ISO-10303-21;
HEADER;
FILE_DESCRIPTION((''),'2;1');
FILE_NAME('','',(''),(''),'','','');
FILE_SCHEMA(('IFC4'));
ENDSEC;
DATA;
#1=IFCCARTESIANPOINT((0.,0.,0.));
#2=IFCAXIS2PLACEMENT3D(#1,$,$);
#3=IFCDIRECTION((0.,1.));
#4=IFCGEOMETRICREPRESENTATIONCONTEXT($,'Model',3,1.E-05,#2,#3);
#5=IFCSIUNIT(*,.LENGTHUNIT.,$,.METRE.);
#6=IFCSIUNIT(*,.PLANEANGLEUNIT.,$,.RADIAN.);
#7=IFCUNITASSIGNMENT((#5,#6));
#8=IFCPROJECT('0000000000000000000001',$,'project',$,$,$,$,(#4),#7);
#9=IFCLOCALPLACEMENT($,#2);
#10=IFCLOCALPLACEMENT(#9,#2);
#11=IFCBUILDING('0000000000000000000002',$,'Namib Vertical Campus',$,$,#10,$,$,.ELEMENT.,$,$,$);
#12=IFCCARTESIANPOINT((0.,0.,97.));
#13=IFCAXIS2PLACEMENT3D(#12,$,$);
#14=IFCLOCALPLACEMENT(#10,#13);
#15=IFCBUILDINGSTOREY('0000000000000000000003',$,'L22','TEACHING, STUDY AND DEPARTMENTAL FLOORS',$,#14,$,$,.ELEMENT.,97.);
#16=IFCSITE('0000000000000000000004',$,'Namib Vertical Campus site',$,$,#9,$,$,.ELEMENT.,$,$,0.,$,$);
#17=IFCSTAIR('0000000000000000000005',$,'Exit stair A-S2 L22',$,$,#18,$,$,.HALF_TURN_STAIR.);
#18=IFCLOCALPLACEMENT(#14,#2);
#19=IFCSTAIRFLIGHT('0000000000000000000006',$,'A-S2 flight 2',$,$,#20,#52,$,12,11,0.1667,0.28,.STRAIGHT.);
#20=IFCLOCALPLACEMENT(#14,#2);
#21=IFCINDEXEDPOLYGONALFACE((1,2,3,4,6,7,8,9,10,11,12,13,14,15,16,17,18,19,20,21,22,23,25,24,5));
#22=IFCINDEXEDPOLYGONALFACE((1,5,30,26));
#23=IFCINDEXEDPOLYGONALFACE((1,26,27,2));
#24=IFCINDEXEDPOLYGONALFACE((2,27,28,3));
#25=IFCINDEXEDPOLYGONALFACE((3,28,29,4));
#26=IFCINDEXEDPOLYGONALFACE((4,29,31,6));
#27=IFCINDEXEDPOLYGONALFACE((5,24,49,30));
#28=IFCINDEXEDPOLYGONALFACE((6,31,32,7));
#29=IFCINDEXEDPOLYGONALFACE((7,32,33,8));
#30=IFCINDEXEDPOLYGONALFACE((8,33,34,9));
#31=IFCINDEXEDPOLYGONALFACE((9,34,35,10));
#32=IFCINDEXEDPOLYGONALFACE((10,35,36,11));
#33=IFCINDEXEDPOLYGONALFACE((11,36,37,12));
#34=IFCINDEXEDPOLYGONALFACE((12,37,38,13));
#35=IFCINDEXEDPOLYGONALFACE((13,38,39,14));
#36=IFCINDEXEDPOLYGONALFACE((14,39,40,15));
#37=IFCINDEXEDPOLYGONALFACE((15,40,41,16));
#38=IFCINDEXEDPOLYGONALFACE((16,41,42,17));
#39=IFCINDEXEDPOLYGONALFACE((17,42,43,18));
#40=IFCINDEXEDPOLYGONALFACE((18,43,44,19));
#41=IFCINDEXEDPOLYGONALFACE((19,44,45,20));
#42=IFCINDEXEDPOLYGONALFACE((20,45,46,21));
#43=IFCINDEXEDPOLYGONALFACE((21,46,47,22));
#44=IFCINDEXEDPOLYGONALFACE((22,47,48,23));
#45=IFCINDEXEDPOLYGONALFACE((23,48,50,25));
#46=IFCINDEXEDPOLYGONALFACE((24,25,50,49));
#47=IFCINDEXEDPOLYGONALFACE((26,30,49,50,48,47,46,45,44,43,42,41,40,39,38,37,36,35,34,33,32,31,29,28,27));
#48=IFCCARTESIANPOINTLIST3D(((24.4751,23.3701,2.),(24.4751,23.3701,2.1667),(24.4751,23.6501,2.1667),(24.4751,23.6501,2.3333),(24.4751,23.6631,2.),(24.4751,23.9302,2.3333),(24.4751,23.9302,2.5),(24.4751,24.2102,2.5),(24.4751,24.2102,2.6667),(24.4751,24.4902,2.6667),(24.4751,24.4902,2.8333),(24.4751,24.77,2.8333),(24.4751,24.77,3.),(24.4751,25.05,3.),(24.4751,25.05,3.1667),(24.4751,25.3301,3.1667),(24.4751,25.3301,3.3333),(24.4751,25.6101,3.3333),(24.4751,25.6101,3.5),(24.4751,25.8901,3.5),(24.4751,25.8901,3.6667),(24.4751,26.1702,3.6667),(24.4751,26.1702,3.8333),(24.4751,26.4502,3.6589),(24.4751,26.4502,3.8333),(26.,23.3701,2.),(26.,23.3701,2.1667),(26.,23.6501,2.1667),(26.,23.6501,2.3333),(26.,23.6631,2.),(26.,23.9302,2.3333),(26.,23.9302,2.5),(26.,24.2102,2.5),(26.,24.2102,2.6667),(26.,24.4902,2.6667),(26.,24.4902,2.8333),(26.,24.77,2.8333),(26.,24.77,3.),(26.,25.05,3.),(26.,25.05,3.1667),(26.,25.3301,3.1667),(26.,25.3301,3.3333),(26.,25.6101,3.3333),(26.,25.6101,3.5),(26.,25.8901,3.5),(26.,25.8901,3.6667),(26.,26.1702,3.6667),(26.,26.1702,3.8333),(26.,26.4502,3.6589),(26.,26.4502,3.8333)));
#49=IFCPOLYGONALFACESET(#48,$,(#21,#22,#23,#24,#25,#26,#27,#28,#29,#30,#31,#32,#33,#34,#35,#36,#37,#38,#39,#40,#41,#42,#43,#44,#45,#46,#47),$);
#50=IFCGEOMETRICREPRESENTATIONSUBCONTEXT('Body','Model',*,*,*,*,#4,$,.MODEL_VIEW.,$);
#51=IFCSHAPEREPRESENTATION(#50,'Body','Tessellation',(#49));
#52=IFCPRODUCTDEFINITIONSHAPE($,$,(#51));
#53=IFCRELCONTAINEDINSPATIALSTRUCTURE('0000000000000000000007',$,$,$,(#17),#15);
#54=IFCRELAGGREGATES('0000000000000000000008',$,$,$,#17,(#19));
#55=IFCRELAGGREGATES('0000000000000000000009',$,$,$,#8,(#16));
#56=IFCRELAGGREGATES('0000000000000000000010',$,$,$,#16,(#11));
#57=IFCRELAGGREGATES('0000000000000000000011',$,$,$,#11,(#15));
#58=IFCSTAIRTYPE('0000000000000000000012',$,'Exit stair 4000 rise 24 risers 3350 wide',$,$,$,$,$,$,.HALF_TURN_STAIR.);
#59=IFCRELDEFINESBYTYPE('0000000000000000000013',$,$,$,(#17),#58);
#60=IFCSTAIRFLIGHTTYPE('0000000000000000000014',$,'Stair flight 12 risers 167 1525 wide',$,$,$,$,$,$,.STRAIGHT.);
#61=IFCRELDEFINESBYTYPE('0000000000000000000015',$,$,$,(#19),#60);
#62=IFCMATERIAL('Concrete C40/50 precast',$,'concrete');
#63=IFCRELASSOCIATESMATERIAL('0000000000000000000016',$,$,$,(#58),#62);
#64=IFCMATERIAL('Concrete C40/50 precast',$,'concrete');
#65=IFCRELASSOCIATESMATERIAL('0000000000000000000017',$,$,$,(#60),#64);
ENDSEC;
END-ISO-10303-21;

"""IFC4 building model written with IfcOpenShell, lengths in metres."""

from ifc_helpers import new_model, si_unit, direction, frame, origin, place, context, subcontext, project, spatial, polyline, outline, extrude, material, type_object, element, aggregate, save


model = new_model("IFC4")

# Units and contexts
model_context = context("Model", 3, precision=1e-05, world=origin(), true_north=direction((0.0, 1.0)))
body_context = subcontext(model_context, "Body", "Model", "MODEL_VIEW")
ifc_project = project(units=[si_unit("LENGTHUNIT", "METRE"), si_unit("PLANEANGLEUNIT", "RADIAN")], contexts=[model_context])

# Site, building, storey
site_placement = place(None, origin())
site = spatial("IfcSite", under=ifc_project, at=site_placement, Name="Namib Vertical Campus site", CompositionType="ELEMENT", RefElevation=0.0)
building_placement = place(site_placement, origin())
building = spatial("IfcBuilding", under=site, at=building_placement, Name="Namib Vertical Campus", CompositionType="ELEMENT")
storey_placement = place(building_placement, frame((0.0, 0.0, 97.0)))
storey = spatial("IfcBuildingStorey", under=building, at=storey_placement, Name="L22", Description="TEACHING, STUDY AND DEPARTMENTAL FLOORS", CompositionType="ELEMENT", Elevation=97.0)

# Stair, stair flight
ifc_material_1 = material(Name="Concrete C40/50 precast", Category="concrete")
stair_type = type_object("IfcStairType", Name="Exit stair 4000 rise 24 risers 3350 wide", PredefinedType="HALF_TURN_STAIR", material=ifc_material_1)
stair_placement = place(storey_placement, origin())
stair = element("IfcStair", 1, at=stair_placement, inside=storey, type_object=stair_type, Name="Exit stair A-S2 L22", PredefinedType="HALF_TURN_STAIR")
ifc_material_2 = material(Name="Concrete C40/50 precast", Category="concrete")
stair_flight_type = type_object("IfcStairFlightType", Name="Stair flight 12 risers 167 1525 wide", PredefinedType="STRAIGHT", material=ifc_material_2)
stair_flight_1_placement = place(storey_placement, frame((25.2375, 23.3701, 2.0), z_axis=(0.0, 0.0, 1.0), x_axis=(0.0, 1.0, 0.0)))
stair_flight_1 = element("IfcStairFlight", 2, at=stair_flight_1_placement, type_object=stair_flight_type, Name="A-S2 flight 2", NumberOfRisers=12, NumberOfTreads=11, PredefinedType="STRAIGHT", RiserHeight=0.1667, TreadLength=0.28, context=body_context, shape_type="SweptSolid", body=[
    extrude(outline(polyline([(0.0, 0.0), (0.0, 0.1667), (0.28, 0.1667), (0.28, 0.3333), (0.5601, 0.3333), (0.5601, 0.5), (0.8401, 0.5), (0.8401, 0.6667), (1.1201, 0.6667), (1.1201, 0.8333), (1.3999, 0.8333), (1.3999, 1.0), (1.6799, 1.0), (1.6799, 1.1667), (1.96, 1.1667), (1.96, 1.3333), (2.24, 1.3333), (2.24, 1.5), (2.52, 1.5), (2.52, 1.6667), (2.8, 1.6667), (2.8, 1.8333), (3.0801, 1.8333), (3.0801, 2.0), (3.0801, 1.6589), (0.293, 0.0), (0.0, 0.0)])), frame((0.0, 0.7625, 0.0), z_axis=(0.0, -1.0, 0.0), x_axis=(1.0, 0.0, 0.0)), (0.0, 0.0, 1.0), 1.5249),
])
aggregate(stair, [stair_flight_1])

save(model, "model.ifc")
